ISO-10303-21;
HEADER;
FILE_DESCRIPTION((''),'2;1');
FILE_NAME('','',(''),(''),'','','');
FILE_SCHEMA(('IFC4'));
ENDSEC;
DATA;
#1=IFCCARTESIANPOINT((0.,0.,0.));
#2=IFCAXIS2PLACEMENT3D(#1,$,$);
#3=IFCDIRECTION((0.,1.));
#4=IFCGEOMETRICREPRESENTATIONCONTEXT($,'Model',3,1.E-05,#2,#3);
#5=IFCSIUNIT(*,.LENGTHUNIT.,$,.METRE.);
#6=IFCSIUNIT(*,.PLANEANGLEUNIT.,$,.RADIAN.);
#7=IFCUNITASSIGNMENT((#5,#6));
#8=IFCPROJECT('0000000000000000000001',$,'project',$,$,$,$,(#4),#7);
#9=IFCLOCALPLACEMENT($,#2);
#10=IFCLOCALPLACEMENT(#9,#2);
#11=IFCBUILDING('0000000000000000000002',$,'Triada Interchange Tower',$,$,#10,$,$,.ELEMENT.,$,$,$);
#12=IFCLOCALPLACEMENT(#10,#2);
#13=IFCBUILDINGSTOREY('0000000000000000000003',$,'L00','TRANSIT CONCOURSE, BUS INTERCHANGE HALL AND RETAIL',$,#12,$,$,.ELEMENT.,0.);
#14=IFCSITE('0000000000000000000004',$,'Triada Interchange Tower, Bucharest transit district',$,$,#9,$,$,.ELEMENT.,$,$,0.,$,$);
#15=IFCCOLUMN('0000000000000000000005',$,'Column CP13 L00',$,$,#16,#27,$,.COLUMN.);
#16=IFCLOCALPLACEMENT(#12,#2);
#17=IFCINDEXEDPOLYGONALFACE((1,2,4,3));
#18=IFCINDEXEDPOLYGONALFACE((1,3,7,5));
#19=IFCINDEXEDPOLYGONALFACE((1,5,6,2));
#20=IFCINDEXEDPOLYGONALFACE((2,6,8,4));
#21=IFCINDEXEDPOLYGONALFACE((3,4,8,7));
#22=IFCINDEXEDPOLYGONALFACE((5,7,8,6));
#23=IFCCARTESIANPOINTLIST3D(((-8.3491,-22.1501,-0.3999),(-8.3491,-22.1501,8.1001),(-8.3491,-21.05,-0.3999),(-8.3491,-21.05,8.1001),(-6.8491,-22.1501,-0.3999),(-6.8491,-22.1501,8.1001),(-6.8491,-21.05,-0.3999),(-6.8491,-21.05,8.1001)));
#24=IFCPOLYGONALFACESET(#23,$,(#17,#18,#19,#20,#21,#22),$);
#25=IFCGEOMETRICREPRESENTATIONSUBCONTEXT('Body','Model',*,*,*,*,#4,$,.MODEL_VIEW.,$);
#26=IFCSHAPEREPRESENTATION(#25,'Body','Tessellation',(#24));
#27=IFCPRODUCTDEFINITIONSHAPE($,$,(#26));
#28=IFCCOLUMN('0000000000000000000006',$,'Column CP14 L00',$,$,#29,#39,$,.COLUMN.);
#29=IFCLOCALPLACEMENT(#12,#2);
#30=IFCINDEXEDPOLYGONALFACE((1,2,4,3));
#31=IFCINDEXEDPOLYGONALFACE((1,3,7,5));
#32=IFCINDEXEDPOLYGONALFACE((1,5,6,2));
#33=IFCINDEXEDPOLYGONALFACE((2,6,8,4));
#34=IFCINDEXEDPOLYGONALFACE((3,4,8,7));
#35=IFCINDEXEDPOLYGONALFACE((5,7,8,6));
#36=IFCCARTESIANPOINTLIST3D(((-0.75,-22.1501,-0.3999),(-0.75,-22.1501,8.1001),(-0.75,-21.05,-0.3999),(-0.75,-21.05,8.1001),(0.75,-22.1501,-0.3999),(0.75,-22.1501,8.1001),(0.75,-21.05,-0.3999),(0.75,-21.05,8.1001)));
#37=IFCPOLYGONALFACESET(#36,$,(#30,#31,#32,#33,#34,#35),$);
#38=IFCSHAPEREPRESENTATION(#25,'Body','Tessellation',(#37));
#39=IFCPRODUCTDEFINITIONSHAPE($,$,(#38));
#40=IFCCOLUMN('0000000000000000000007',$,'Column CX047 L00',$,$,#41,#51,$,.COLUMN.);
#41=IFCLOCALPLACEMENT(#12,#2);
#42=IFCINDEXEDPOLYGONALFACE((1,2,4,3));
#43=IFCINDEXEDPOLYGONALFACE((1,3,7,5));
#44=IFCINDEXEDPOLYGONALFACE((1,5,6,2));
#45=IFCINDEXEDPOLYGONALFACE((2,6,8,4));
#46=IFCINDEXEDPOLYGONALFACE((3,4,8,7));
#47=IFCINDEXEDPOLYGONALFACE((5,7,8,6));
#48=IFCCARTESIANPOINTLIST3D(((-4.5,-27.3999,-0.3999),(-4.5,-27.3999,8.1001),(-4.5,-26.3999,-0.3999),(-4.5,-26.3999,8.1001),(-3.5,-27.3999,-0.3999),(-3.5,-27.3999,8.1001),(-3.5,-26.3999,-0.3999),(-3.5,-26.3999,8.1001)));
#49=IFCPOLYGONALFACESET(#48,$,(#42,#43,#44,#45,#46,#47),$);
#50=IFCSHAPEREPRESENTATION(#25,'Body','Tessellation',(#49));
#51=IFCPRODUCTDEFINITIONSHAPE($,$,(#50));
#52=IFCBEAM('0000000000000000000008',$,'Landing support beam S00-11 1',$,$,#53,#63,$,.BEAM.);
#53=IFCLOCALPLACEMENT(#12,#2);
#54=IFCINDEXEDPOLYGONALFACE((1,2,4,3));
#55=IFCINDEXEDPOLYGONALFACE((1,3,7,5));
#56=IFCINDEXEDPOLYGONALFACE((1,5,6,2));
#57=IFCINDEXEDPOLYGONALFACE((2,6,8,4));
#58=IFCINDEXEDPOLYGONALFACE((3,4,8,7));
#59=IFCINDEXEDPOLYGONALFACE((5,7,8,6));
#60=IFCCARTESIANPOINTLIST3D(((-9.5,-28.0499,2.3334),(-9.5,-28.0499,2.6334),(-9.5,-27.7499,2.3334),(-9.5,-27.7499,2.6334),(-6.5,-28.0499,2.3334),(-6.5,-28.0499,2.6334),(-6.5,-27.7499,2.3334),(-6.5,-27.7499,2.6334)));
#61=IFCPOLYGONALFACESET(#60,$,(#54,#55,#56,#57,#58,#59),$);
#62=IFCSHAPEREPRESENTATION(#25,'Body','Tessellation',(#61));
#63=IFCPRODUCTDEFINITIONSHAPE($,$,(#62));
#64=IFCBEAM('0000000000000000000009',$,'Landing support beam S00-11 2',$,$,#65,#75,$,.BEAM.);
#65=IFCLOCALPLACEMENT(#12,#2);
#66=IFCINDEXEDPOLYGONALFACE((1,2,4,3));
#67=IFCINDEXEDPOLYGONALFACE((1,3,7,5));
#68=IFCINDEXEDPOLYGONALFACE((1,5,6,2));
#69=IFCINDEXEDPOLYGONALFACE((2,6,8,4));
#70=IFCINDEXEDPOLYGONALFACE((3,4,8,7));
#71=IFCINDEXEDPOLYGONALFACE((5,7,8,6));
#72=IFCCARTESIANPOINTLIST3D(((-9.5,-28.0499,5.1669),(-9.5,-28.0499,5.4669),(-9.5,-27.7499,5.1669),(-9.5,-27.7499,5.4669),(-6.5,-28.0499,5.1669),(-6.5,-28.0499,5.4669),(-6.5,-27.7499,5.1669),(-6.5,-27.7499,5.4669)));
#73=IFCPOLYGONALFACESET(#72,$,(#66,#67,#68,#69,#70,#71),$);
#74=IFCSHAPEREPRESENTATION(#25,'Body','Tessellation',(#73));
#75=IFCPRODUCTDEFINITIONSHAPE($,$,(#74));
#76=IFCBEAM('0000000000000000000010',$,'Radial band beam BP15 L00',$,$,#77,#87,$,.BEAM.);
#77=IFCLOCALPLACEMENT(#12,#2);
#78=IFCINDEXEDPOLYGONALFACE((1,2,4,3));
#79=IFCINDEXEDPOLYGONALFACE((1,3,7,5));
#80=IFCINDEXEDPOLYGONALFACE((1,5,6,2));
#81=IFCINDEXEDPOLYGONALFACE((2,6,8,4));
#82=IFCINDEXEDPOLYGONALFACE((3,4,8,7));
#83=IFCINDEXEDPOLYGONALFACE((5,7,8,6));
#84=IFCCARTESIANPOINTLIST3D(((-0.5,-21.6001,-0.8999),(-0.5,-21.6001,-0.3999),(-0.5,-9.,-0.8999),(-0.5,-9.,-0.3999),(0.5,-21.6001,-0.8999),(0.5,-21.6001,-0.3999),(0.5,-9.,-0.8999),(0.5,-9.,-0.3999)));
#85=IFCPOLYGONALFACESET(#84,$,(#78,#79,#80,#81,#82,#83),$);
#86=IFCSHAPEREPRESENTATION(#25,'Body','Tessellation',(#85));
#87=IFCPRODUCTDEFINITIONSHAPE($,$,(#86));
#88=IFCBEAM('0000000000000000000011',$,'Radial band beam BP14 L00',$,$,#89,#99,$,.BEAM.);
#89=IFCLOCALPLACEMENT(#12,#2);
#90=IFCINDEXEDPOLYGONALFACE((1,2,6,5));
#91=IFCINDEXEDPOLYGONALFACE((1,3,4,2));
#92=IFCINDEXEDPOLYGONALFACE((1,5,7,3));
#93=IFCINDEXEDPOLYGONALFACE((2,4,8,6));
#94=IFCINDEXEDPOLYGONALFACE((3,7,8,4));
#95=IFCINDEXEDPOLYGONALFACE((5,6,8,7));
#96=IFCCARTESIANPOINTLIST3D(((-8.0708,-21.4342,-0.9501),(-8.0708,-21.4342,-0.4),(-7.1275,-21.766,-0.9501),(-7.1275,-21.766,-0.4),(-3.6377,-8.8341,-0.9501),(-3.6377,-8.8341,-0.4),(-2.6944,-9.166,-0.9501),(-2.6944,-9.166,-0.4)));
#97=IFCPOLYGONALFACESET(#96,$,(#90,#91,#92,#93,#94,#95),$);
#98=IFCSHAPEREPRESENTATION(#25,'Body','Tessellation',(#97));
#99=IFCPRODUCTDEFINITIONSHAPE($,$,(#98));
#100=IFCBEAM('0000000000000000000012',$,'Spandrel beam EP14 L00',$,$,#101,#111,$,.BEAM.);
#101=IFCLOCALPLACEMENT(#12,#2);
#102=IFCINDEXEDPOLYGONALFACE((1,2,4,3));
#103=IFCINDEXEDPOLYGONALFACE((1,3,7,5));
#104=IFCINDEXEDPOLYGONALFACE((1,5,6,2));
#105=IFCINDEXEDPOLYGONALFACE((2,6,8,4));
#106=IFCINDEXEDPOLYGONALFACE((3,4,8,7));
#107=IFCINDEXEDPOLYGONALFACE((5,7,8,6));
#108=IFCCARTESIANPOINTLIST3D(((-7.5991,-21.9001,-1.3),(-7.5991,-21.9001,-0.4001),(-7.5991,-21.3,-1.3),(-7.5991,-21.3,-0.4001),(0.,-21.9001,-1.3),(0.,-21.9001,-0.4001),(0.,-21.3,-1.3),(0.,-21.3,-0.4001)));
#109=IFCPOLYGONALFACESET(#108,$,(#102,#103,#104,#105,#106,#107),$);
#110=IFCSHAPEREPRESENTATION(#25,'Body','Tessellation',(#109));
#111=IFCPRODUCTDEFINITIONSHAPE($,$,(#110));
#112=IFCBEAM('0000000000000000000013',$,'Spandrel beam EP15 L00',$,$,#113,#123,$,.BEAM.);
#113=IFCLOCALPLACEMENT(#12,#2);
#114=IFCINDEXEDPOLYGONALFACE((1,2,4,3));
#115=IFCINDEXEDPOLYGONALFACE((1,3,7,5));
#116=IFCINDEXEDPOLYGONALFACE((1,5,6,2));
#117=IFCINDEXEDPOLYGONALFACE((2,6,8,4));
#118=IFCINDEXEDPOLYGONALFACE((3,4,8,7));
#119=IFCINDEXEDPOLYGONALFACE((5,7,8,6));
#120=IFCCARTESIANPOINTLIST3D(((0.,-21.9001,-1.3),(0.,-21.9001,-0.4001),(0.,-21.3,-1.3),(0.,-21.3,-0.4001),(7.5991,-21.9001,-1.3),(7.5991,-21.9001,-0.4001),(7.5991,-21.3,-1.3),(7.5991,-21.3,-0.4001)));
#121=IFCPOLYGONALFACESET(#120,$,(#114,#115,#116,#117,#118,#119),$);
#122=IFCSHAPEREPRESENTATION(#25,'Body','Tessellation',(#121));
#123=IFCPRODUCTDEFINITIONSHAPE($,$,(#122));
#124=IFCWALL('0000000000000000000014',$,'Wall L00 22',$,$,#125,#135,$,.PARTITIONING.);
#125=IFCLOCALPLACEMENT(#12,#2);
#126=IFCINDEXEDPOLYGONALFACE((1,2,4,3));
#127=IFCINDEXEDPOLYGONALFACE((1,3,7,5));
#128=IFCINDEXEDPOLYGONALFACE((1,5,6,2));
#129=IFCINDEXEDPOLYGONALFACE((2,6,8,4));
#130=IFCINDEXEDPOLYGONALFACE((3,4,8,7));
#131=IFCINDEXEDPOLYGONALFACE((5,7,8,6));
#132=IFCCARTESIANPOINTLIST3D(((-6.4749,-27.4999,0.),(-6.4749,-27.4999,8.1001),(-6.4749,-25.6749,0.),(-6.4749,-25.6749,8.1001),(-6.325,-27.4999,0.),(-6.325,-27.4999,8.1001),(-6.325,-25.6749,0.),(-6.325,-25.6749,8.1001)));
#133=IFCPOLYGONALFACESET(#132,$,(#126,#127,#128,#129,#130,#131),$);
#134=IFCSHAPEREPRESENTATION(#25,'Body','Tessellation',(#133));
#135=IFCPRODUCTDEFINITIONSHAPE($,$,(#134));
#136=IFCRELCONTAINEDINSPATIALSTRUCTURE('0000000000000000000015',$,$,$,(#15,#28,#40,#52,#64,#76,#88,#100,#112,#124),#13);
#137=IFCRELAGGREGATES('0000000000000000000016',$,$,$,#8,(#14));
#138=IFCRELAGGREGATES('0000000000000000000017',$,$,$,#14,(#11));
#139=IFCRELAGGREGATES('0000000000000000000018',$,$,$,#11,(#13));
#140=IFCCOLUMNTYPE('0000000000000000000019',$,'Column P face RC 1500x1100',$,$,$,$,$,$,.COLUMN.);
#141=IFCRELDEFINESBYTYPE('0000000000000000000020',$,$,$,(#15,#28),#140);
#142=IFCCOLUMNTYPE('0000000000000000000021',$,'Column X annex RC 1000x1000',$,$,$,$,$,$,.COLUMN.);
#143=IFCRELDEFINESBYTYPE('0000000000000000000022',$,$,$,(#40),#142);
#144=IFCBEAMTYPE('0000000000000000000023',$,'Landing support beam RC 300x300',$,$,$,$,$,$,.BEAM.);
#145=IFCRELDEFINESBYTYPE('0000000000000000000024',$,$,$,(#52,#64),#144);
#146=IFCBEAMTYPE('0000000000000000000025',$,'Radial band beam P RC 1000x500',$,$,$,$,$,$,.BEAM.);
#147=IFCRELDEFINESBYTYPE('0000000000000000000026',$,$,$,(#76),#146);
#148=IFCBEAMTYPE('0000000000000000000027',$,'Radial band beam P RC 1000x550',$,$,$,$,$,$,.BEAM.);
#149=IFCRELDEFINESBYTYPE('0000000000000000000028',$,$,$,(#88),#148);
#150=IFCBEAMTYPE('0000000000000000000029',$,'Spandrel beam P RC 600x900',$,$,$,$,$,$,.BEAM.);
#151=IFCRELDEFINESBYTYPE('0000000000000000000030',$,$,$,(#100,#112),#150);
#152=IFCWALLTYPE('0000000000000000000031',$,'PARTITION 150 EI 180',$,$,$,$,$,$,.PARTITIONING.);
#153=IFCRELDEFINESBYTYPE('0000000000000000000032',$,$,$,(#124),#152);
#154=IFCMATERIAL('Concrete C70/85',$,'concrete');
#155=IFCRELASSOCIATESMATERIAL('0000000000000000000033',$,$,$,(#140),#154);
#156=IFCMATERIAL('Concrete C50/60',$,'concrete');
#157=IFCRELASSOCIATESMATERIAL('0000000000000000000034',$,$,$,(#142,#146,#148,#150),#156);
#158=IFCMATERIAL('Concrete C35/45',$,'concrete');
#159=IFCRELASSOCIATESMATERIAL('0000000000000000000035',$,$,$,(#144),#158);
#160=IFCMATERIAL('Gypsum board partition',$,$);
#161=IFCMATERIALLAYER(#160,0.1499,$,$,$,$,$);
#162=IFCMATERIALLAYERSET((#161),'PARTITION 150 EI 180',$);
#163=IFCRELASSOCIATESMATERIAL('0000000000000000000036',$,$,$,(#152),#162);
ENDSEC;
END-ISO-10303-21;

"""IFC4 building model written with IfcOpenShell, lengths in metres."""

from ifc_helpers import new_model, si_unit, direction, frame, frame_2d, origin, origin_2d, place, context, subcontext, project, spatial, rectangle, extrude, material, layer, layer_set, material_profile, profile_set, type_object, element, save


model = new_model("IFC4")

# Units and contexts
model_context = context("Model", 3, precision=1e-05, world=origin(), true_north=direction((0.0, 1.0)))
body_context = subcontext(model_context, "Body", "Model", "MODEL_VIEW")
ifc_project = project(units=[si_unit("LENGTHUNIT", "METRE"), si_unit("PLANEANGLEUNIT", "RADIAN")], contexts=[model_context])

# Site, building, storey
site_placement = place(None, origin())
site = spatial("IfcSite", under=ifc_project, at=site_placement, Name="Triada Interchange Tower, Bucharest transit district", CompositionType="ELEMENT", RefElevation=0.0)
building_placement = place(site_placement, origin())
building = spatial("IfcBuilding", under=site, at=building_placement, Name="Triada Interchange Tower", CompositionType="ELEMENT")
storey_placement = place(building_placement, origin())
storey = spatial("IfcBuildingStorey", under=building, at=storey_placement, Name="L00", Description="TRANSIT CONCOURSE, BUS INTERCHANGE HALL AND RETAIL", CompositionType="ELEMENT", Elevation=0.0)

# Columns
ifc_material_1 = material(Name="Concrete C70/85", Category="concrete")
ifc_material_profile_1 = material_profile(ifc_material_1, rectangle(XDim=1.5, YDim=1.1001, at=origin_2d()), Name="RC 1500x1100")
ifc_profile_set_1 = profile_set([ifc_material_profile_1], Name="Concrete C70/85")
column_type_1 = type_object("IfcColumnType", Name="Column P face RC 1500x1100", PredefinedType="COLUMN", material=ifc_profile_set_1)
for number, where, z_axis, x_axis, name in (
    (1, (-7.5991, -21.6001, -0.3999), (0.0, 0.0, 1.0), (1.0, 0.0, 0.0), "Column CP13 L00"),
    (2, (0.0, -21.6001, -0.3999), (0.0, 0.0, 1.0), (1.0, 0.0, 0.0), "Column CP14 L00"),
):
    element("IfcColumn", number, at=place(storey_placement, frame(where, z_axis=z_axis, x_axis=x_axis)), inside=storey, type_object=column_type_1, Name=name, PredefinedType="COLUMN", context=body_context, shape_type="SweptSolid", body=[
        extrude(rectangle(XDim=1.5, YDim=1.1001, at=origin_2d()), origin(), (0.0, 0.0, 1.0), 8.5),
    ])
ifc_material_2 = material(Name="Concrete C50/60", Category="concrete")
ifc_material_profile_2 = material_profile(ifc_material_2, rectangle(XDim=1.0, YDim=1.0, at=origin_2d()), Name="RC 1000x1000")
ifc_profile_set_2 = profile_set([ifc_material_profile_2], Name="Concrete C50/60")
column_type_2 = type_object("IfcColumnType", Name="Column X annex RC 1000x1000", PredefinedType="COLUMN", material=ifc_profile_set_2)
column_placement = place(storey_placement, frame((-4.0, -26.8999, -0.3999), z_axis=(0.0, 0.0, 1.0), x_axis=(1.0, 0.0, 0.0)))
element("IfcColumn", 3, at=column_placement, inside=storey, type_object=column_type_2, Name="Column CX047 L00", PredefinedType="COLUMN", context=body_context, shape_type="SweptSolid", body=[
    extrude(rectangle(XDim=1.0, YDim=1.0, at=origin_2d()), origin(), (0.0, 0.0, 1.0), 8.5),
])

# Beams
ifc_material_3 = material(Name="Concrete C35/45", Category="concrete")
ifc_material_profile_3 = material_profile(ifc_material_3, rectangle(XDim=0.3, YDim=0.3, at=origin_2d()), Name="RC 300x300")
ifc_profile_set_3 = profile_set([ifc_material_profile_3], Name="Concrete C35/45")
beam_type_1 = type_object("IfcBeamType", Name="Landing support beam RC 300x300", PredefinedType="BEAM", material=ifc_profile_set_3)
for number, where, z_axis, x_axis, name in (
    (4, (-6.5, -27.8999, 2.4834), (-1.0, 0.0, 0.0), (0.0, -1.0, 0.0), "Landing support beam S00-11 1"),
    (5, (-6.5, -27.8999, 5.3169), (-1.0, 0.0, 0.0), (0.0, -1.0, 0.0), "Landing support beam S00-11 2"),
):
    element("IfcBeam", number, at=place(storey_placement, frame(where, z_axis=z_axis, x_axis=x_axis)), inside=storey, type_object=beam_type_1, Name=name, PredefinedType="BEAM", context=body_context, shape_type="SweptSolid", body=[
        extrude(rectangle(XDim=0.3, YDim=0.3, at=origin_2d()), origin(), (0.0, 0.0, 1.0), 3.0),
    ])
ifc_material_profile_4 = material_profile(ifc_material_2, rectangle(XDim=1.0, YDim=0.5, at=origin_2d()), Name="RC 1000x500")
ifc_profile_set_4 = profile_set([ifc_material_profile_4], Name="Concrete C50/60")
beam_type_2 = type_object("IfcBeamType", Name="Radial band beam P RC 1000x500", PredefinedType="BEAM", material=ifc_profile_set_4)
beam_1_placement = place(storey_placement, frame((0.0, -21.6001, -0.6499), z_axis=(0.0, 1.0, 0.0), x_axis=(-1.0, 0.0, 0.0)))
element("IfcBeam", 6, at=beam_1_placement, inside=storey, type_object=beam_type_2, Name="Radial band beam BP15 L00", PredefinedType="BEAM", context=body_context, shape_type="SweptSolid", body=[
    extrude(rectangle(XDim=1.0, YDim=0.5, at=origin_2d()), origin(), (0.0, 0.0, 1.0), 12.6001),
])
ifc_material_profile_5 = material_profile(ifc_material_2, rectangle(XDim=1.0, YDim=0.55, at=origin_2d()), Name="RC 1000x550")
ifc_profile_set_5 = profile_set([ifc_material_profile_5], Name="Concrete C50/60")
beam_type_3 = type_object("IfcBeamType", Name="Radial band beam P RC 1000x550", PredefinedType="BEAM", material=ifc_profile_set_5)
beam_2_placement = place(storey_placement, frame((-7.5991, -21.6001, -0.675), z_axis=(0.331889, 0.943319, 0.0), x_axis=(-0.943319, 0.331889, 0.0)))
element("IfcBeam", 7, at=beam_2_placement, inside=storey, type_object=beam_type_3, Name="Radial band beam BP14 L00", PredefinedType="BEAM", context=body_context, shape_type="SweptSolid", body=[
    extrude(rectangle(XDim=1.0, YDim=0.55, at=origin_2d()), origin(), (0.0, 0.0, 1.0), 13.3572),
])
ifc_material_profile_6 = material_profile(ifc_material_2, rectangle(XDim=0.6001, YDim=0.8999, at=origin_2d()), Name="RC 600x900")
ifc_profile_set_6 = profile_set([ifc_material_profile_6], Name="Concrete C50/60")
beam_type_4 = type_object("IfcBeamType", Name="Spandrel beam P RC 600x900", PredefinedType="BEAM", material=ifc_profile_set_6)
for number, where, z_axis, x_axis, name in (
    (8, (-7.5991, -21.6001, -0.8501), (1.0, 0.0, 0.0), (0.0, 1.0, 0.0), "Spandrel beam EP14 L00"),
    (9, (0.0, -21.6001, -0.8501), (1.0, 0.0, 0.0), (0.0, 1.0, 0.0), "Spandrel beam EP15 L00"),
):
    element("IfcBeam", number, at=place(storey_placement, frame(where, z_axis=z_axis, x_axis=x_axis)), inside=storey, type_object=beam_type_4, Name=name, PredefinedType="BEAM", context=body_context, shape_type="SweptSolid", body=[
        extrude(rectangle(XDim=0.6001, YDim=0.8999, at=origin_2d()), origin(), (0.0, 0.0, 1.0), 7.5991),
    ])

# Wall
ifc_material_4 = material(Name="Gypsum board partition")
ifc_layer = layer(ifc_material_4, 0.1499)
ifc_layer_set = layer_set([ifc_layer], Name="PARTITION 150 EI 180")
wall_type = type_object("IfcWallType", Name="PARTITION 150 EI 180", PredefinedType="PARTITIONING", material=ifc_layer_set)
wall_placement = place(storey_placement, frame((-6.3999, -27.5, 0.0), z_axis=(0.0, 0.0, 1.0), x_axis=(0.0, 1.0, 0.0)))
element("IfcWall", 10, at=wall_placement, inside=storey, type_object=wall_type, Name="Wall L00 22", PredefinedType="PARTITIONING", context=body_context, shape_type="SweptSolid", body=[
    extrude(rectangle(XDim=1.825, YDim=0.1499, at=frame_2d((0.9126, 0.0))), origin(), (0.0, 0.0, 1.0), 8.1001),
])

save(model, "model.ifc")
